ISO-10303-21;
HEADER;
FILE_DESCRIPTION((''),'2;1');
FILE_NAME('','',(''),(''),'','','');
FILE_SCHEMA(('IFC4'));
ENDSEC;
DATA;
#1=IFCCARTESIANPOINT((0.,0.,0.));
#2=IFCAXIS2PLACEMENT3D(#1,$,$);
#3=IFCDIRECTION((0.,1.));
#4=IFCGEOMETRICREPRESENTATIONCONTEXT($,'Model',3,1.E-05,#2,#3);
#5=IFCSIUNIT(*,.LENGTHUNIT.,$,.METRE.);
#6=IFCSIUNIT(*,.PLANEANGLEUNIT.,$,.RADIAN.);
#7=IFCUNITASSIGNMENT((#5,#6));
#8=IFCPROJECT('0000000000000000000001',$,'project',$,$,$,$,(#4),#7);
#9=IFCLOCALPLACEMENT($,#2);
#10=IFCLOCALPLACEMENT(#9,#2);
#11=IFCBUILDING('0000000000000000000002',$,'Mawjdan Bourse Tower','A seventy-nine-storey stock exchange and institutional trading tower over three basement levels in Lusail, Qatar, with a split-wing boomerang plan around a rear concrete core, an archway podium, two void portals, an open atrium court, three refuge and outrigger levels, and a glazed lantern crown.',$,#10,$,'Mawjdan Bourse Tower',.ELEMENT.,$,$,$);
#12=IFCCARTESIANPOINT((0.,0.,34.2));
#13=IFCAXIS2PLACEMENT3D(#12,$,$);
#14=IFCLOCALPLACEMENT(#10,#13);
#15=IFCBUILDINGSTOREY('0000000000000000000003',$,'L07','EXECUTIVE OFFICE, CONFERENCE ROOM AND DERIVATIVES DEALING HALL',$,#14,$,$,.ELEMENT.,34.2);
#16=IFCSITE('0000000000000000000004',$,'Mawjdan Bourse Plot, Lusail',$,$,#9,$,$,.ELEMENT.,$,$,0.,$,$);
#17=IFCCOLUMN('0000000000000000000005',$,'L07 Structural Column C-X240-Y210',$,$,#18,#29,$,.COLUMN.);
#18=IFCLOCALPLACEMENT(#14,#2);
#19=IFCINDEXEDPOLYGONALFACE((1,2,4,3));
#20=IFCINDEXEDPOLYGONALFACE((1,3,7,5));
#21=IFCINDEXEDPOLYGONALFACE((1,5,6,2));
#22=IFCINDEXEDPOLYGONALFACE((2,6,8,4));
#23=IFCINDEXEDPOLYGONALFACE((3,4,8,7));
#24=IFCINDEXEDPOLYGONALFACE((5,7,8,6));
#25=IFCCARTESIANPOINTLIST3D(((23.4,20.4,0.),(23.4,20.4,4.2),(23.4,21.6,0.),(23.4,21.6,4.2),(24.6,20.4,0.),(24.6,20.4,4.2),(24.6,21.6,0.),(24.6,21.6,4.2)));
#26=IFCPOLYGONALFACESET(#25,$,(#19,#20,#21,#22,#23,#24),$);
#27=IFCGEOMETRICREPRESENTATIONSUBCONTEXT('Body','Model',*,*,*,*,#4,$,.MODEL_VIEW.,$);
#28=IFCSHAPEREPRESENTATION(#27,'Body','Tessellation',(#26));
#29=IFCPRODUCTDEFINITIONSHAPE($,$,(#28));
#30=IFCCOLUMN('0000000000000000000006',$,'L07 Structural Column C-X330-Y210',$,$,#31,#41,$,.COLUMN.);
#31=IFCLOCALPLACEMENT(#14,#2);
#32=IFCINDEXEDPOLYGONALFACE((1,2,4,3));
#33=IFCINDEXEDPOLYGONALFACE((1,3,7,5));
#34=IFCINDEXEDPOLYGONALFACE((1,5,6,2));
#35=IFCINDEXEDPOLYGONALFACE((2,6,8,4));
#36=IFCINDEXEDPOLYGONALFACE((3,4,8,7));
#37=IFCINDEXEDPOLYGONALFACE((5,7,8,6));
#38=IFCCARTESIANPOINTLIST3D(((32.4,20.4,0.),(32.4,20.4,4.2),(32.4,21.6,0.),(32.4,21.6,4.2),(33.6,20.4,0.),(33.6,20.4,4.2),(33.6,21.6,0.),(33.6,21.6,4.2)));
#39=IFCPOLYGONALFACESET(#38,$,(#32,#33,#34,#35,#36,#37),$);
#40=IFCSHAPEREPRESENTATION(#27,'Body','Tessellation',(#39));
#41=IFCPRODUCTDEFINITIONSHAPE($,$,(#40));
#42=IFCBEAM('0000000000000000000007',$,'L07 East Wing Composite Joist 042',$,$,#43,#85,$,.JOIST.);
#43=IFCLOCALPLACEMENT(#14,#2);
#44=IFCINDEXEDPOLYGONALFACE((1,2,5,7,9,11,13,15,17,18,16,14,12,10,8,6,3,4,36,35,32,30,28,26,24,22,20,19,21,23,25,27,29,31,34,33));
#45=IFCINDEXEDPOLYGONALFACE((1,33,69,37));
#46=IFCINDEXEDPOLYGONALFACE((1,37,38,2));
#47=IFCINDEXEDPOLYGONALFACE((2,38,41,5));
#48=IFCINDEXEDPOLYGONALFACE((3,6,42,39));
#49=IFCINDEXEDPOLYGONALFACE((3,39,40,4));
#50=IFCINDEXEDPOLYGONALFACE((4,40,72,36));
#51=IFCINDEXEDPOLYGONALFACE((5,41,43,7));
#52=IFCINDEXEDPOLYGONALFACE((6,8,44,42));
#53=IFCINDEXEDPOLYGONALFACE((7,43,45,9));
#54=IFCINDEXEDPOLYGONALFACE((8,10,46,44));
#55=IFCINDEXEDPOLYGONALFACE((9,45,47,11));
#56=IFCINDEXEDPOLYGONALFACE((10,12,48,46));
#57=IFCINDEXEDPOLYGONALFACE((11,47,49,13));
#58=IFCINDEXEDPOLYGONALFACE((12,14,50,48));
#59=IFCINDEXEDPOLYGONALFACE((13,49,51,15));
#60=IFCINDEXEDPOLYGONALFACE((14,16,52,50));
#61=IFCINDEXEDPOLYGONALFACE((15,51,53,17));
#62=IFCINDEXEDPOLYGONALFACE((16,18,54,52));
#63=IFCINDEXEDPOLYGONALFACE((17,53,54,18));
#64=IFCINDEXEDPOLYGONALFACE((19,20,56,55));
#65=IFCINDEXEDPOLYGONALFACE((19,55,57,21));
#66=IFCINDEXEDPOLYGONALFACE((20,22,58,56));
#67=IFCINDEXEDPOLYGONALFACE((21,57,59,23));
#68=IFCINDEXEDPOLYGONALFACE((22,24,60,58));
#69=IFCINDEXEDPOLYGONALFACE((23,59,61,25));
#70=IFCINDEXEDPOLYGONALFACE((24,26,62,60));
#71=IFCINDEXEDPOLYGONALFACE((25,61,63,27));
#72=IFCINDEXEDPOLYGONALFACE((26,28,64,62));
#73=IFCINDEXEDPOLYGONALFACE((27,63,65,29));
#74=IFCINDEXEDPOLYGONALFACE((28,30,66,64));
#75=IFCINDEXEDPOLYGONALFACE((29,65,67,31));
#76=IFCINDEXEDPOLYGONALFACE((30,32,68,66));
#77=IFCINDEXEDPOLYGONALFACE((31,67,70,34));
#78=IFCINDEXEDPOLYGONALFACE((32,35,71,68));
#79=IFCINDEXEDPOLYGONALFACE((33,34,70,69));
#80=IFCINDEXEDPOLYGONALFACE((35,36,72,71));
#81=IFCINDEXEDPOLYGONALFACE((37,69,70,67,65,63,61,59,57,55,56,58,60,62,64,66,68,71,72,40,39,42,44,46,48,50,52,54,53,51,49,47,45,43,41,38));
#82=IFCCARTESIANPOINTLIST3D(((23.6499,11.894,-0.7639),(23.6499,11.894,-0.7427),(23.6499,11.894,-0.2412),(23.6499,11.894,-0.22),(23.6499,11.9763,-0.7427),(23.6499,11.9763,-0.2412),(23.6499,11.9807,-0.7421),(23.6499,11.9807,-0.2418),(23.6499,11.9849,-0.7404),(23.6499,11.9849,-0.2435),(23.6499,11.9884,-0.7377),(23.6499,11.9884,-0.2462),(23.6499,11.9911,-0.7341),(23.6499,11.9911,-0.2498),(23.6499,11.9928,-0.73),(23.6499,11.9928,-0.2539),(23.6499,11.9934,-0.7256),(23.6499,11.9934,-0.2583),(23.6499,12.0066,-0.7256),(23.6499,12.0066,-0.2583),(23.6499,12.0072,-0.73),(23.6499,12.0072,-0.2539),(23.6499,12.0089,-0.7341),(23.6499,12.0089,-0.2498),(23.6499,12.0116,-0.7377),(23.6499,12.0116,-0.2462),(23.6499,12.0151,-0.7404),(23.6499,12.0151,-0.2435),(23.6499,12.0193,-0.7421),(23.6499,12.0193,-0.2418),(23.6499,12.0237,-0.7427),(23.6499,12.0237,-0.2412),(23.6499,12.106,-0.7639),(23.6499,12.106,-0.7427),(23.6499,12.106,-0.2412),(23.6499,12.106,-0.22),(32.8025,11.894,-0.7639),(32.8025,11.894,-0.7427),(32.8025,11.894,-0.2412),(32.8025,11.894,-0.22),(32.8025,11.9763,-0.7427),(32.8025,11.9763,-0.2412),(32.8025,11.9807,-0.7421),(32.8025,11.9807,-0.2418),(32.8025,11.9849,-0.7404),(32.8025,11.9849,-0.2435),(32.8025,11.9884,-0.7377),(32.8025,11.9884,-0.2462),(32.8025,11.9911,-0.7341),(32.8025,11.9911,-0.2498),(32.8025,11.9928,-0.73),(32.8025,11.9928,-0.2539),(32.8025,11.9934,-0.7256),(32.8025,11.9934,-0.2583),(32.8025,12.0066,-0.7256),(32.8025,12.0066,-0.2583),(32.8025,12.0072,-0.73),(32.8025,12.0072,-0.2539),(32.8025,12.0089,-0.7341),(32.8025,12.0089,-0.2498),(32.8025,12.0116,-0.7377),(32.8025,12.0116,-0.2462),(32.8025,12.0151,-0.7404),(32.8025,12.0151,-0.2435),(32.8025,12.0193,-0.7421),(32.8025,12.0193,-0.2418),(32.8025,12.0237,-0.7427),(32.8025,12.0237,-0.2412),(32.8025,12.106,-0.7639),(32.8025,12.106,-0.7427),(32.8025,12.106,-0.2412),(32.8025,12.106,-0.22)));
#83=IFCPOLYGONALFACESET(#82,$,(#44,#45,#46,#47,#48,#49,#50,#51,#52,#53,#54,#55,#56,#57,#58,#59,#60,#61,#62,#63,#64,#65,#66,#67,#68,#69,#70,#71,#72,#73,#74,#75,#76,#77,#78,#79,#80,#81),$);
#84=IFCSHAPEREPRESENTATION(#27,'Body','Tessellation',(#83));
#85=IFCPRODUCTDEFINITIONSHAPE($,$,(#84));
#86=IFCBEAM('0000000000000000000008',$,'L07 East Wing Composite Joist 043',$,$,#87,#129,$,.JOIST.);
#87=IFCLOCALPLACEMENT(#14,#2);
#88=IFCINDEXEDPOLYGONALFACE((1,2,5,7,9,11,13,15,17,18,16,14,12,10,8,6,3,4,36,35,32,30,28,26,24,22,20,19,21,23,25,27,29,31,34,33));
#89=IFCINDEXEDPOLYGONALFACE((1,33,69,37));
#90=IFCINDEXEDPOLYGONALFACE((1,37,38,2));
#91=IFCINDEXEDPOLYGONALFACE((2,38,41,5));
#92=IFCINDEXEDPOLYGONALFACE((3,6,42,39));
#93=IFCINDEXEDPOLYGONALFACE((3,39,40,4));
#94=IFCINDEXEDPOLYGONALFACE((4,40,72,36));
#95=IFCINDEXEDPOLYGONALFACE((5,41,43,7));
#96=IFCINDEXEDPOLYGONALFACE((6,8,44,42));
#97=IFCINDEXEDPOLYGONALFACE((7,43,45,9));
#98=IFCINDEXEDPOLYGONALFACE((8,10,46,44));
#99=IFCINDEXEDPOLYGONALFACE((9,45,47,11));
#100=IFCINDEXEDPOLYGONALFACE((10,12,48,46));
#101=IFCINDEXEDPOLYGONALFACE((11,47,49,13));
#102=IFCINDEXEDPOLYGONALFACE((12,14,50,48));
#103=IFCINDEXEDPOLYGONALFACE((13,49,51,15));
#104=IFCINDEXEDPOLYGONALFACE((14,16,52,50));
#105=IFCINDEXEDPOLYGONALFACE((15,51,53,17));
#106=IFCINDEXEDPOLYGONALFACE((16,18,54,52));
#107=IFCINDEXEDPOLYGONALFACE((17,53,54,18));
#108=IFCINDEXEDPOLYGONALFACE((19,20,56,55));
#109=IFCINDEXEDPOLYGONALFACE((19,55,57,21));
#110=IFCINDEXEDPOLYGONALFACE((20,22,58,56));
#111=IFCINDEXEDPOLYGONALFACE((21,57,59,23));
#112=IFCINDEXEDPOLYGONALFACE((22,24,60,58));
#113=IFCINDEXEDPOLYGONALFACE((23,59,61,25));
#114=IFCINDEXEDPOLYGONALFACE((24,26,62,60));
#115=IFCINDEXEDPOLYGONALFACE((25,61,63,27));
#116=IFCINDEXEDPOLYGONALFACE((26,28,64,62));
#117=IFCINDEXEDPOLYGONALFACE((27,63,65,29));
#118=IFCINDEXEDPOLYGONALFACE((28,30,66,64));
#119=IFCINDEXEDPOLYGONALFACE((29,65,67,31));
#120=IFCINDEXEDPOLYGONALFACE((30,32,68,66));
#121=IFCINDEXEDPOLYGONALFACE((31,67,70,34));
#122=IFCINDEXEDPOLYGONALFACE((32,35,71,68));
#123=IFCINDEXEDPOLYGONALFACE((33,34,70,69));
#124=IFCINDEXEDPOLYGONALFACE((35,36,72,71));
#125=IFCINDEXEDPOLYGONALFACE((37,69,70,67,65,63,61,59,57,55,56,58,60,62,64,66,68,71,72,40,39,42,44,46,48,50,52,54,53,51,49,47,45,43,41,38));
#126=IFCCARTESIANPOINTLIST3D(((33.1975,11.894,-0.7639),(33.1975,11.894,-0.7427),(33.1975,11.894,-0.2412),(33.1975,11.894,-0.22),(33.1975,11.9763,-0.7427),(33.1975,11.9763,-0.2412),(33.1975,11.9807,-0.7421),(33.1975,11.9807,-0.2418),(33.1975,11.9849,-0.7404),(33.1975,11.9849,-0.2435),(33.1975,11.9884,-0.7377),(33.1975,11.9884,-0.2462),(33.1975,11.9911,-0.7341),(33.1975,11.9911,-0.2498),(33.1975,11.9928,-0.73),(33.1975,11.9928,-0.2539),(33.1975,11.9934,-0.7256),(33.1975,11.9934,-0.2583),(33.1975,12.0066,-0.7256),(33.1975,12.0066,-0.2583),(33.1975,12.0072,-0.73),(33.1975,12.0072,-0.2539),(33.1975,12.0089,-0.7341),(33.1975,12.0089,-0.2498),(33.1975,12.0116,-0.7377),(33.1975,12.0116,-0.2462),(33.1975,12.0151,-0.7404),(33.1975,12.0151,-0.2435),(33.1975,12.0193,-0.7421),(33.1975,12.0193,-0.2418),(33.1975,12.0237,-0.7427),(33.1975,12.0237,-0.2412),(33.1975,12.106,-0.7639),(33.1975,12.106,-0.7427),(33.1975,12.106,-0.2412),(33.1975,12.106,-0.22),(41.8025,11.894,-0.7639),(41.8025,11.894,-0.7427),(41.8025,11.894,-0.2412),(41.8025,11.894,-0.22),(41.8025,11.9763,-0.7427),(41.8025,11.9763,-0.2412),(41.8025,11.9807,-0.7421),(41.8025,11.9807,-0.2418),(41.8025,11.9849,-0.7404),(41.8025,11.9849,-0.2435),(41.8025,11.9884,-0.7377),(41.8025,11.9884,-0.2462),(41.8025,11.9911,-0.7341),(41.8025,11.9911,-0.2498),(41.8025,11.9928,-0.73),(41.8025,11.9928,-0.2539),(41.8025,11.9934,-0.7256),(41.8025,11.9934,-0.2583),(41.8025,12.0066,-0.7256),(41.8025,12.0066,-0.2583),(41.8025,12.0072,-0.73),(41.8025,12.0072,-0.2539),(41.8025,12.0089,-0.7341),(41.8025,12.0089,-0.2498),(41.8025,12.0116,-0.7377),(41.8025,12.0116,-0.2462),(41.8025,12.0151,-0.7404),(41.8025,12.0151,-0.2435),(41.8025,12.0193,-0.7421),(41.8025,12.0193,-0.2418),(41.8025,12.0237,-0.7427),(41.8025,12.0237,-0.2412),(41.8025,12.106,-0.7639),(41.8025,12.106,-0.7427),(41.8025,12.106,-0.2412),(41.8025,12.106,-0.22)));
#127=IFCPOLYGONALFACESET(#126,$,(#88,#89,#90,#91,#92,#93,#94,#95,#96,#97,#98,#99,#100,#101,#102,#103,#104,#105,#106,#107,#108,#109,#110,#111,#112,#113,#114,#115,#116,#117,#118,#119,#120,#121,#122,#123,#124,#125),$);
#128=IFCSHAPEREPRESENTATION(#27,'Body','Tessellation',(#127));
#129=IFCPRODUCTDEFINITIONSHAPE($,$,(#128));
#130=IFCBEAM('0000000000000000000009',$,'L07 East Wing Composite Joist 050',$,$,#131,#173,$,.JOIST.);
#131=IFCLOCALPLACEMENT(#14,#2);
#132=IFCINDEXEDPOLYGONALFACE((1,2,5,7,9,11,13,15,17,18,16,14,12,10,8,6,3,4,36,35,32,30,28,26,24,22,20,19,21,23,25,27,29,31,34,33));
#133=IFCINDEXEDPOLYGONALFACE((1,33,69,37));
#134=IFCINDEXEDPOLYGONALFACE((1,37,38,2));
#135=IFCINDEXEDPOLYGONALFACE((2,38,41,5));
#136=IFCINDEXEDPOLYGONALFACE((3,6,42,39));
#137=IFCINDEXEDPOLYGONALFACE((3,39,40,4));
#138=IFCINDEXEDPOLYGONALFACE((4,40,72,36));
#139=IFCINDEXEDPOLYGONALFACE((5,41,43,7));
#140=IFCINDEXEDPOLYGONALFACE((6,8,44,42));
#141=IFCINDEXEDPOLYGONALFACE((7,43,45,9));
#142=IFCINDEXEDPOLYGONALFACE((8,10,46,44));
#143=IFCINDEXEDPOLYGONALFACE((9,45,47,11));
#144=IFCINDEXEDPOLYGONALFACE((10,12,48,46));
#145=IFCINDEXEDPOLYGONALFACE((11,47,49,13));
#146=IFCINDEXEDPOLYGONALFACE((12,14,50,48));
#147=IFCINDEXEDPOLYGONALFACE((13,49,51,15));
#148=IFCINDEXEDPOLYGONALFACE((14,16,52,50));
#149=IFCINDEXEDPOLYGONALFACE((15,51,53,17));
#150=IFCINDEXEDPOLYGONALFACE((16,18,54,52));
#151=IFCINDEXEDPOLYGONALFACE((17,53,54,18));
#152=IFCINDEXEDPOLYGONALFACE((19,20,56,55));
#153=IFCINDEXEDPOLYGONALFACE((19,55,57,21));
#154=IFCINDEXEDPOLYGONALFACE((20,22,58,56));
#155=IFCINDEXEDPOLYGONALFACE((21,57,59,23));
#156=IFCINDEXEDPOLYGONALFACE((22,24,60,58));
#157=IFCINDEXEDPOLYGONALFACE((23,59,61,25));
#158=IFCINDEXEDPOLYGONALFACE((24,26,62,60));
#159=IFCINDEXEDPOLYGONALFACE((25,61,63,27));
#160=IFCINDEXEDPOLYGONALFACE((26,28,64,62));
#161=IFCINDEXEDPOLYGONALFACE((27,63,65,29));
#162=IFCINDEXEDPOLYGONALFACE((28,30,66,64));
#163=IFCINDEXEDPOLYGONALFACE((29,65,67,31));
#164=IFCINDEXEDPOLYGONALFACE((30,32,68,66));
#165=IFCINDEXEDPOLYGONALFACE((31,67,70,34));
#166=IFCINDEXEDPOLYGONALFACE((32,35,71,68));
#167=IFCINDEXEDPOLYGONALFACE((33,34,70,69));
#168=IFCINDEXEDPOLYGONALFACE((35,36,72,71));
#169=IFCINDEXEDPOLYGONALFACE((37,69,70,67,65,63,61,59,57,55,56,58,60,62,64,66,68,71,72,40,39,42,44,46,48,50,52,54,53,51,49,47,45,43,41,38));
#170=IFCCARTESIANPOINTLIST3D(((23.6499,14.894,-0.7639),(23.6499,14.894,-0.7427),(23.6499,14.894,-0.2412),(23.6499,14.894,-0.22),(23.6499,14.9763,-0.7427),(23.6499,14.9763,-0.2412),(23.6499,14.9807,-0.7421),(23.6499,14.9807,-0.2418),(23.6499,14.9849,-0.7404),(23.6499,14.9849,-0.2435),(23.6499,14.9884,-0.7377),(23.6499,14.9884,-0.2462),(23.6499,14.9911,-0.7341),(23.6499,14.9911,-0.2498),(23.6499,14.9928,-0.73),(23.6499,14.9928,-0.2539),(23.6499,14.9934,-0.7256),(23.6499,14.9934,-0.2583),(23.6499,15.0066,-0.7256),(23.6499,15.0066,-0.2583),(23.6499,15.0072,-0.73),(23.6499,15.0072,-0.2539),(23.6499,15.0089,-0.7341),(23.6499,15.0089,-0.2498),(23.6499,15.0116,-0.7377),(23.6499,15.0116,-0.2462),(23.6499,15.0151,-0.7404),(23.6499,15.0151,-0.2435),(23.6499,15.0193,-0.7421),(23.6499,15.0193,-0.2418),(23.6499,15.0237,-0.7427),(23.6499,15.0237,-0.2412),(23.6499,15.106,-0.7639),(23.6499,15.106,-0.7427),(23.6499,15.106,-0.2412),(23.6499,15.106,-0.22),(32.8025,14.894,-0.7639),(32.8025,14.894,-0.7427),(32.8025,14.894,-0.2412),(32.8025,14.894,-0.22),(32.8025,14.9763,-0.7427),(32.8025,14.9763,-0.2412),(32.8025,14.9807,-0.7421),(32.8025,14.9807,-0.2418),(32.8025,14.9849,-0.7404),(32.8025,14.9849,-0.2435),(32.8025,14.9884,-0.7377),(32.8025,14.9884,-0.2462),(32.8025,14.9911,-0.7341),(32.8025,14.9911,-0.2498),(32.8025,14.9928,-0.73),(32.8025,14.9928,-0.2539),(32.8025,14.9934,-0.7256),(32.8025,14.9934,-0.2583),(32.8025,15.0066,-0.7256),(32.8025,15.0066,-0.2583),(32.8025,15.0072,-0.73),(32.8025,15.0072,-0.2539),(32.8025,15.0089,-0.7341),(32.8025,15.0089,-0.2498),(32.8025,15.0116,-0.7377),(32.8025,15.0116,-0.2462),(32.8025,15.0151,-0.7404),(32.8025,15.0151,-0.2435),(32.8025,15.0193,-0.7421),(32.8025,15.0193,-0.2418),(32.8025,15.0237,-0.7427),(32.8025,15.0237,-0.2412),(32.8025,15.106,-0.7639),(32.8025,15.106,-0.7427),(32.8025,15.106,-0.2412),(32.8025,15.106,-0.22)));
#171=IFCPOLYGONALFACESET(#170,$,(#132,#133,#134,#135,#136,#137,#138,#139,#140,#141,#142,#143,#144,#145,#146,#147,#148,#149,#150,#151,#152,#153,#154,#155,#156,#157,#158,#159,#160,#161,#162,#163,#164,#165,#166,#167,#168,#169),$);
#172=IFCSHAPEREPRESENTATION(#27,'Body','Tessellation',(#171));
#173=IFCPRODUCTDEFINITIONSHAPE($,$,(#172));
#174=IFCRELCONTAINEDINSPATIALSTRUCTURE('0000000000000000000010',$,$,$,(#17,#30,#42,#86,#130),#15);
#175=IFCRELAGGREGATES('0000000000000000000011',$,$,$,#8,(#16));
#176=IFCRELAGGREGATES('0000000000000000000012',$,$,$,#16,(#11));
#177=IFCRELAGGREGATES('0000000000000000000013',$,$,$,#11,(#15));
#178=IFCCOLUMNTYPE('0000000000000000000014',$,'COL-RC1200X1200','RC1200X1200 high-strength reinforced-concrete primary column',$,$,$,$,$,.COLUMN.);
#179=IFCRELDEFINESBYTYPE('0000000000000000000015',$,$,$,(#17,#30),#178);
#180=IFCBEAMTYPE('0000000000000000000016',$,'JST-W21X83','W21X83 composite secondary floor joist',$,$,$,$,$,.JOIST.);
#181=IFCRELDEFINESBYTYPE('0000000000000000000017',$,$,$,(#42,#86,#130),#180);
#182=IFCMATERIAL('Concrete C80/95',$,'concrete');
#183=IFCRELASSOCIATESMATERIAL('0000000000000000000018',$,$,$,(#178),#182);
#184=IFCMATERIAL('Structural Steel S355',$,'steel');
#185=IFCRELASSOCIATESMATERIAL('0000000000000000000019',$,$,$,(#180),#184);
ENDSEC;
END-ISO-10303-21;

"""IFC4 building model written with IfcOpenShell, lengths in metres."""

from ifc_helpers import new_model, si_unit, direction, frame, origin, origin_2d, place, context, subcontext, project, spatial, rectangle, i_section, extrude, material, material_profile, profile_set, type_object, element, save


model = new_model("IFC4")

# Units and contexts
model_context = context("Model", 3, precision=1e-05, world=origin(), true_north=direction((0.0, 1.0)))
body_context = subcontext(model_context, "Body", "Model", "MODEL_VIEW")
ifc_project = project(units=[si_unit("LENGTHUNIT", "METRE"), si_unit("PLANEANGLEUNIT", "RADIAN")], contexts=[model_context])

# Site, building, storey
site_placement = place(None, origin())
site = spatial("IfcSite", under=ifc_project, at=site_placement, Name="Mawjdan Bourse Plot, Lusail", CompositionType="ELEMENT", RefElevation=0.0)
building_placement = place(site_placement, origin())
building = spatial("IfcBuilding", under=site, at=building_placement, Name="Mawjdan Bourse Tower", Description="A seventy-nine-storey stock exchange and institutional trading tower over three basement levels in Lusail, Qatar, with a split-wing boomerang plan around a rear concrete core, an archway podium, two void portals, an open atrium court, three refuge and outrigger levels, and a glazed lantern crown.", LongName="Mawjdan Bourse Tower", CompositionType="ELEMENT")
storey_placement = place(building_placement, frame((0.0, 0.0, 34.2)))
storey = spatial("IfcBuildingStorey", under=building, at=storey_placement, Name="L07", Description="EXECUTIVE OFFICE, CONFERENCE ROOM AND DERIVATIVES DEALING HALL", CompositionType="ELEMENT", Elevation=34.2)

# Columns
ifc_material_1 = material(Name="Concrete C80/95", Category="concrete")
ifc_material_profile_1 = material_profile(ifc_material_1, rectangle(XDim=1.2, YDim=1.2, at=origin_2d()), Name="RC1200X1200")
ifc_profile_set_1 = profile_set([ifc_material_profile_1], Name="Concrete C80/95")
column_type = type_object("IfcColumnType", Name="COL-RC1200X1200", Description="RC1200X1200 high-strength reinforced-concrete primary column", PredefinedType="COLUMN", material=ifc_profile_set_1)
for number, where, z_axis, x_axis, name in (
    (1, (24.0, 21.0, 0.0), (0.0, 0.0, 1.0), (1.0, 0.0, 0.0), "L07 Structural Column C-X240-Y210"),
    (2, (33.0, 21.0, 0.0), (0.0, 0.0, 1.0), (1.0, 0.0, 0.0), "L07 Structural Column C-X330-Y210"),
):
    element("IfcColumn", number, at=place(storey_placement, frame(where, z_axis=z_axis, x_axis=x_axis)), inside=storey, type_object=column_type, Name=name, PredefinedType="COLUMN", context=body_context, shape_type="SweptSolid", body=[
        extrude(rectangle(XDim=1.2, YDim=1.2, at=origin_2d()), origin(), (0.0, 0.0, 1.0), 4.2),
    ])

# Beams
ifc_material_2 = material(Name="Structural Steel S355", Category="steel")
ifc_material_profile_2 = material_profile(ifc_material_2, i_section(OverallWidth=0.2119, OverallDepth=0.5439, WebThickness=0.0132, FlangeThickness=0.0212, FilletRadius=0.0171, at=origin_2d()), Name="W21X83")
ifc_profile_set_2 = profile_set([ifc_material_profile_2], Name="Structural Steel S355")
beam_type_1 = type_object("IfcBeamType", Name="JST-W21X83", Description="W21X83 composite secondary floor joist", PredefinedType="JOIST", material=ifc_profile_set_2)
beam_1_placement = place(storey_placement, frame((23.6499, 12.0, -0.4919), z_axis=(1.0, 0.0, 0.0), x_axis=(0.0, 1.0, 0.0)))
element("IfcBeam", 3, at=beam_1_placement, inside=storey, type_object=beam_type_1, Name="L07 East Wing Composite Joist 042", PredefinedType="JOIST", context=body_context, shape_type="SweptSolid", body=[
    extrude(i_section(OverallWidth=0.2119, OverallDepth=0.5439, WebThickness=0.0132, FlangeThickness=0.0212, FilletRadius=0.0171, at=origin_2d()), origin(), (0.0, 0.0, 1.0), 9.1526),
])
beam_2_placement = place(storey_placement, frame((33.1975, 12.0, -0.4919), z_axis=(1.0, 0.0, 0.0), x_axis=(0.0, 1.0, 0.0)))
element("IfcBeam", 4, at=beam_2_placement, inside=storey, type_object=beam_type_1, Name="L07 East Wing Composite Joist 043", PredefinedType="JOIST", context=body_context, shape_type="SweptSolid", body=[
    extrude(i_section(OverallWidth=0.2119, OverallDepth=0.5439, WebThickness=0.0132, FlangeThickness=0.0212, FilletRadius=0.0171, at=origin_2d()), origin(), (0.0, 0.0, 1.0), 8.605),
])
beam_3_placement = place(storey_placement, frame((23.6499, 15.0, -0.4919), z_axis=(1.0, 0.0, 0.0), x_axis=(0.0, 1.0, 0.0)))
element("IfcBeam", 5, at=beam_3_placement, inside=storey, type_object=beam_type_1, Name="L07 East Wing Composite Joist 050", PredefinedType="JOIST", context=body_context, shape_type="SweptSolid", body=[
    extrude(i_section(OverallWidth=0.2119, OverallDepth=0.5439, WebThickness=0.0132, FlangeThickness=0.0212, FilletRadius=0.0171, at=origin_2d()), origin(), (0.0, 0.0, 1.0), 9.1526),
])

save(model, "model.ifc")
